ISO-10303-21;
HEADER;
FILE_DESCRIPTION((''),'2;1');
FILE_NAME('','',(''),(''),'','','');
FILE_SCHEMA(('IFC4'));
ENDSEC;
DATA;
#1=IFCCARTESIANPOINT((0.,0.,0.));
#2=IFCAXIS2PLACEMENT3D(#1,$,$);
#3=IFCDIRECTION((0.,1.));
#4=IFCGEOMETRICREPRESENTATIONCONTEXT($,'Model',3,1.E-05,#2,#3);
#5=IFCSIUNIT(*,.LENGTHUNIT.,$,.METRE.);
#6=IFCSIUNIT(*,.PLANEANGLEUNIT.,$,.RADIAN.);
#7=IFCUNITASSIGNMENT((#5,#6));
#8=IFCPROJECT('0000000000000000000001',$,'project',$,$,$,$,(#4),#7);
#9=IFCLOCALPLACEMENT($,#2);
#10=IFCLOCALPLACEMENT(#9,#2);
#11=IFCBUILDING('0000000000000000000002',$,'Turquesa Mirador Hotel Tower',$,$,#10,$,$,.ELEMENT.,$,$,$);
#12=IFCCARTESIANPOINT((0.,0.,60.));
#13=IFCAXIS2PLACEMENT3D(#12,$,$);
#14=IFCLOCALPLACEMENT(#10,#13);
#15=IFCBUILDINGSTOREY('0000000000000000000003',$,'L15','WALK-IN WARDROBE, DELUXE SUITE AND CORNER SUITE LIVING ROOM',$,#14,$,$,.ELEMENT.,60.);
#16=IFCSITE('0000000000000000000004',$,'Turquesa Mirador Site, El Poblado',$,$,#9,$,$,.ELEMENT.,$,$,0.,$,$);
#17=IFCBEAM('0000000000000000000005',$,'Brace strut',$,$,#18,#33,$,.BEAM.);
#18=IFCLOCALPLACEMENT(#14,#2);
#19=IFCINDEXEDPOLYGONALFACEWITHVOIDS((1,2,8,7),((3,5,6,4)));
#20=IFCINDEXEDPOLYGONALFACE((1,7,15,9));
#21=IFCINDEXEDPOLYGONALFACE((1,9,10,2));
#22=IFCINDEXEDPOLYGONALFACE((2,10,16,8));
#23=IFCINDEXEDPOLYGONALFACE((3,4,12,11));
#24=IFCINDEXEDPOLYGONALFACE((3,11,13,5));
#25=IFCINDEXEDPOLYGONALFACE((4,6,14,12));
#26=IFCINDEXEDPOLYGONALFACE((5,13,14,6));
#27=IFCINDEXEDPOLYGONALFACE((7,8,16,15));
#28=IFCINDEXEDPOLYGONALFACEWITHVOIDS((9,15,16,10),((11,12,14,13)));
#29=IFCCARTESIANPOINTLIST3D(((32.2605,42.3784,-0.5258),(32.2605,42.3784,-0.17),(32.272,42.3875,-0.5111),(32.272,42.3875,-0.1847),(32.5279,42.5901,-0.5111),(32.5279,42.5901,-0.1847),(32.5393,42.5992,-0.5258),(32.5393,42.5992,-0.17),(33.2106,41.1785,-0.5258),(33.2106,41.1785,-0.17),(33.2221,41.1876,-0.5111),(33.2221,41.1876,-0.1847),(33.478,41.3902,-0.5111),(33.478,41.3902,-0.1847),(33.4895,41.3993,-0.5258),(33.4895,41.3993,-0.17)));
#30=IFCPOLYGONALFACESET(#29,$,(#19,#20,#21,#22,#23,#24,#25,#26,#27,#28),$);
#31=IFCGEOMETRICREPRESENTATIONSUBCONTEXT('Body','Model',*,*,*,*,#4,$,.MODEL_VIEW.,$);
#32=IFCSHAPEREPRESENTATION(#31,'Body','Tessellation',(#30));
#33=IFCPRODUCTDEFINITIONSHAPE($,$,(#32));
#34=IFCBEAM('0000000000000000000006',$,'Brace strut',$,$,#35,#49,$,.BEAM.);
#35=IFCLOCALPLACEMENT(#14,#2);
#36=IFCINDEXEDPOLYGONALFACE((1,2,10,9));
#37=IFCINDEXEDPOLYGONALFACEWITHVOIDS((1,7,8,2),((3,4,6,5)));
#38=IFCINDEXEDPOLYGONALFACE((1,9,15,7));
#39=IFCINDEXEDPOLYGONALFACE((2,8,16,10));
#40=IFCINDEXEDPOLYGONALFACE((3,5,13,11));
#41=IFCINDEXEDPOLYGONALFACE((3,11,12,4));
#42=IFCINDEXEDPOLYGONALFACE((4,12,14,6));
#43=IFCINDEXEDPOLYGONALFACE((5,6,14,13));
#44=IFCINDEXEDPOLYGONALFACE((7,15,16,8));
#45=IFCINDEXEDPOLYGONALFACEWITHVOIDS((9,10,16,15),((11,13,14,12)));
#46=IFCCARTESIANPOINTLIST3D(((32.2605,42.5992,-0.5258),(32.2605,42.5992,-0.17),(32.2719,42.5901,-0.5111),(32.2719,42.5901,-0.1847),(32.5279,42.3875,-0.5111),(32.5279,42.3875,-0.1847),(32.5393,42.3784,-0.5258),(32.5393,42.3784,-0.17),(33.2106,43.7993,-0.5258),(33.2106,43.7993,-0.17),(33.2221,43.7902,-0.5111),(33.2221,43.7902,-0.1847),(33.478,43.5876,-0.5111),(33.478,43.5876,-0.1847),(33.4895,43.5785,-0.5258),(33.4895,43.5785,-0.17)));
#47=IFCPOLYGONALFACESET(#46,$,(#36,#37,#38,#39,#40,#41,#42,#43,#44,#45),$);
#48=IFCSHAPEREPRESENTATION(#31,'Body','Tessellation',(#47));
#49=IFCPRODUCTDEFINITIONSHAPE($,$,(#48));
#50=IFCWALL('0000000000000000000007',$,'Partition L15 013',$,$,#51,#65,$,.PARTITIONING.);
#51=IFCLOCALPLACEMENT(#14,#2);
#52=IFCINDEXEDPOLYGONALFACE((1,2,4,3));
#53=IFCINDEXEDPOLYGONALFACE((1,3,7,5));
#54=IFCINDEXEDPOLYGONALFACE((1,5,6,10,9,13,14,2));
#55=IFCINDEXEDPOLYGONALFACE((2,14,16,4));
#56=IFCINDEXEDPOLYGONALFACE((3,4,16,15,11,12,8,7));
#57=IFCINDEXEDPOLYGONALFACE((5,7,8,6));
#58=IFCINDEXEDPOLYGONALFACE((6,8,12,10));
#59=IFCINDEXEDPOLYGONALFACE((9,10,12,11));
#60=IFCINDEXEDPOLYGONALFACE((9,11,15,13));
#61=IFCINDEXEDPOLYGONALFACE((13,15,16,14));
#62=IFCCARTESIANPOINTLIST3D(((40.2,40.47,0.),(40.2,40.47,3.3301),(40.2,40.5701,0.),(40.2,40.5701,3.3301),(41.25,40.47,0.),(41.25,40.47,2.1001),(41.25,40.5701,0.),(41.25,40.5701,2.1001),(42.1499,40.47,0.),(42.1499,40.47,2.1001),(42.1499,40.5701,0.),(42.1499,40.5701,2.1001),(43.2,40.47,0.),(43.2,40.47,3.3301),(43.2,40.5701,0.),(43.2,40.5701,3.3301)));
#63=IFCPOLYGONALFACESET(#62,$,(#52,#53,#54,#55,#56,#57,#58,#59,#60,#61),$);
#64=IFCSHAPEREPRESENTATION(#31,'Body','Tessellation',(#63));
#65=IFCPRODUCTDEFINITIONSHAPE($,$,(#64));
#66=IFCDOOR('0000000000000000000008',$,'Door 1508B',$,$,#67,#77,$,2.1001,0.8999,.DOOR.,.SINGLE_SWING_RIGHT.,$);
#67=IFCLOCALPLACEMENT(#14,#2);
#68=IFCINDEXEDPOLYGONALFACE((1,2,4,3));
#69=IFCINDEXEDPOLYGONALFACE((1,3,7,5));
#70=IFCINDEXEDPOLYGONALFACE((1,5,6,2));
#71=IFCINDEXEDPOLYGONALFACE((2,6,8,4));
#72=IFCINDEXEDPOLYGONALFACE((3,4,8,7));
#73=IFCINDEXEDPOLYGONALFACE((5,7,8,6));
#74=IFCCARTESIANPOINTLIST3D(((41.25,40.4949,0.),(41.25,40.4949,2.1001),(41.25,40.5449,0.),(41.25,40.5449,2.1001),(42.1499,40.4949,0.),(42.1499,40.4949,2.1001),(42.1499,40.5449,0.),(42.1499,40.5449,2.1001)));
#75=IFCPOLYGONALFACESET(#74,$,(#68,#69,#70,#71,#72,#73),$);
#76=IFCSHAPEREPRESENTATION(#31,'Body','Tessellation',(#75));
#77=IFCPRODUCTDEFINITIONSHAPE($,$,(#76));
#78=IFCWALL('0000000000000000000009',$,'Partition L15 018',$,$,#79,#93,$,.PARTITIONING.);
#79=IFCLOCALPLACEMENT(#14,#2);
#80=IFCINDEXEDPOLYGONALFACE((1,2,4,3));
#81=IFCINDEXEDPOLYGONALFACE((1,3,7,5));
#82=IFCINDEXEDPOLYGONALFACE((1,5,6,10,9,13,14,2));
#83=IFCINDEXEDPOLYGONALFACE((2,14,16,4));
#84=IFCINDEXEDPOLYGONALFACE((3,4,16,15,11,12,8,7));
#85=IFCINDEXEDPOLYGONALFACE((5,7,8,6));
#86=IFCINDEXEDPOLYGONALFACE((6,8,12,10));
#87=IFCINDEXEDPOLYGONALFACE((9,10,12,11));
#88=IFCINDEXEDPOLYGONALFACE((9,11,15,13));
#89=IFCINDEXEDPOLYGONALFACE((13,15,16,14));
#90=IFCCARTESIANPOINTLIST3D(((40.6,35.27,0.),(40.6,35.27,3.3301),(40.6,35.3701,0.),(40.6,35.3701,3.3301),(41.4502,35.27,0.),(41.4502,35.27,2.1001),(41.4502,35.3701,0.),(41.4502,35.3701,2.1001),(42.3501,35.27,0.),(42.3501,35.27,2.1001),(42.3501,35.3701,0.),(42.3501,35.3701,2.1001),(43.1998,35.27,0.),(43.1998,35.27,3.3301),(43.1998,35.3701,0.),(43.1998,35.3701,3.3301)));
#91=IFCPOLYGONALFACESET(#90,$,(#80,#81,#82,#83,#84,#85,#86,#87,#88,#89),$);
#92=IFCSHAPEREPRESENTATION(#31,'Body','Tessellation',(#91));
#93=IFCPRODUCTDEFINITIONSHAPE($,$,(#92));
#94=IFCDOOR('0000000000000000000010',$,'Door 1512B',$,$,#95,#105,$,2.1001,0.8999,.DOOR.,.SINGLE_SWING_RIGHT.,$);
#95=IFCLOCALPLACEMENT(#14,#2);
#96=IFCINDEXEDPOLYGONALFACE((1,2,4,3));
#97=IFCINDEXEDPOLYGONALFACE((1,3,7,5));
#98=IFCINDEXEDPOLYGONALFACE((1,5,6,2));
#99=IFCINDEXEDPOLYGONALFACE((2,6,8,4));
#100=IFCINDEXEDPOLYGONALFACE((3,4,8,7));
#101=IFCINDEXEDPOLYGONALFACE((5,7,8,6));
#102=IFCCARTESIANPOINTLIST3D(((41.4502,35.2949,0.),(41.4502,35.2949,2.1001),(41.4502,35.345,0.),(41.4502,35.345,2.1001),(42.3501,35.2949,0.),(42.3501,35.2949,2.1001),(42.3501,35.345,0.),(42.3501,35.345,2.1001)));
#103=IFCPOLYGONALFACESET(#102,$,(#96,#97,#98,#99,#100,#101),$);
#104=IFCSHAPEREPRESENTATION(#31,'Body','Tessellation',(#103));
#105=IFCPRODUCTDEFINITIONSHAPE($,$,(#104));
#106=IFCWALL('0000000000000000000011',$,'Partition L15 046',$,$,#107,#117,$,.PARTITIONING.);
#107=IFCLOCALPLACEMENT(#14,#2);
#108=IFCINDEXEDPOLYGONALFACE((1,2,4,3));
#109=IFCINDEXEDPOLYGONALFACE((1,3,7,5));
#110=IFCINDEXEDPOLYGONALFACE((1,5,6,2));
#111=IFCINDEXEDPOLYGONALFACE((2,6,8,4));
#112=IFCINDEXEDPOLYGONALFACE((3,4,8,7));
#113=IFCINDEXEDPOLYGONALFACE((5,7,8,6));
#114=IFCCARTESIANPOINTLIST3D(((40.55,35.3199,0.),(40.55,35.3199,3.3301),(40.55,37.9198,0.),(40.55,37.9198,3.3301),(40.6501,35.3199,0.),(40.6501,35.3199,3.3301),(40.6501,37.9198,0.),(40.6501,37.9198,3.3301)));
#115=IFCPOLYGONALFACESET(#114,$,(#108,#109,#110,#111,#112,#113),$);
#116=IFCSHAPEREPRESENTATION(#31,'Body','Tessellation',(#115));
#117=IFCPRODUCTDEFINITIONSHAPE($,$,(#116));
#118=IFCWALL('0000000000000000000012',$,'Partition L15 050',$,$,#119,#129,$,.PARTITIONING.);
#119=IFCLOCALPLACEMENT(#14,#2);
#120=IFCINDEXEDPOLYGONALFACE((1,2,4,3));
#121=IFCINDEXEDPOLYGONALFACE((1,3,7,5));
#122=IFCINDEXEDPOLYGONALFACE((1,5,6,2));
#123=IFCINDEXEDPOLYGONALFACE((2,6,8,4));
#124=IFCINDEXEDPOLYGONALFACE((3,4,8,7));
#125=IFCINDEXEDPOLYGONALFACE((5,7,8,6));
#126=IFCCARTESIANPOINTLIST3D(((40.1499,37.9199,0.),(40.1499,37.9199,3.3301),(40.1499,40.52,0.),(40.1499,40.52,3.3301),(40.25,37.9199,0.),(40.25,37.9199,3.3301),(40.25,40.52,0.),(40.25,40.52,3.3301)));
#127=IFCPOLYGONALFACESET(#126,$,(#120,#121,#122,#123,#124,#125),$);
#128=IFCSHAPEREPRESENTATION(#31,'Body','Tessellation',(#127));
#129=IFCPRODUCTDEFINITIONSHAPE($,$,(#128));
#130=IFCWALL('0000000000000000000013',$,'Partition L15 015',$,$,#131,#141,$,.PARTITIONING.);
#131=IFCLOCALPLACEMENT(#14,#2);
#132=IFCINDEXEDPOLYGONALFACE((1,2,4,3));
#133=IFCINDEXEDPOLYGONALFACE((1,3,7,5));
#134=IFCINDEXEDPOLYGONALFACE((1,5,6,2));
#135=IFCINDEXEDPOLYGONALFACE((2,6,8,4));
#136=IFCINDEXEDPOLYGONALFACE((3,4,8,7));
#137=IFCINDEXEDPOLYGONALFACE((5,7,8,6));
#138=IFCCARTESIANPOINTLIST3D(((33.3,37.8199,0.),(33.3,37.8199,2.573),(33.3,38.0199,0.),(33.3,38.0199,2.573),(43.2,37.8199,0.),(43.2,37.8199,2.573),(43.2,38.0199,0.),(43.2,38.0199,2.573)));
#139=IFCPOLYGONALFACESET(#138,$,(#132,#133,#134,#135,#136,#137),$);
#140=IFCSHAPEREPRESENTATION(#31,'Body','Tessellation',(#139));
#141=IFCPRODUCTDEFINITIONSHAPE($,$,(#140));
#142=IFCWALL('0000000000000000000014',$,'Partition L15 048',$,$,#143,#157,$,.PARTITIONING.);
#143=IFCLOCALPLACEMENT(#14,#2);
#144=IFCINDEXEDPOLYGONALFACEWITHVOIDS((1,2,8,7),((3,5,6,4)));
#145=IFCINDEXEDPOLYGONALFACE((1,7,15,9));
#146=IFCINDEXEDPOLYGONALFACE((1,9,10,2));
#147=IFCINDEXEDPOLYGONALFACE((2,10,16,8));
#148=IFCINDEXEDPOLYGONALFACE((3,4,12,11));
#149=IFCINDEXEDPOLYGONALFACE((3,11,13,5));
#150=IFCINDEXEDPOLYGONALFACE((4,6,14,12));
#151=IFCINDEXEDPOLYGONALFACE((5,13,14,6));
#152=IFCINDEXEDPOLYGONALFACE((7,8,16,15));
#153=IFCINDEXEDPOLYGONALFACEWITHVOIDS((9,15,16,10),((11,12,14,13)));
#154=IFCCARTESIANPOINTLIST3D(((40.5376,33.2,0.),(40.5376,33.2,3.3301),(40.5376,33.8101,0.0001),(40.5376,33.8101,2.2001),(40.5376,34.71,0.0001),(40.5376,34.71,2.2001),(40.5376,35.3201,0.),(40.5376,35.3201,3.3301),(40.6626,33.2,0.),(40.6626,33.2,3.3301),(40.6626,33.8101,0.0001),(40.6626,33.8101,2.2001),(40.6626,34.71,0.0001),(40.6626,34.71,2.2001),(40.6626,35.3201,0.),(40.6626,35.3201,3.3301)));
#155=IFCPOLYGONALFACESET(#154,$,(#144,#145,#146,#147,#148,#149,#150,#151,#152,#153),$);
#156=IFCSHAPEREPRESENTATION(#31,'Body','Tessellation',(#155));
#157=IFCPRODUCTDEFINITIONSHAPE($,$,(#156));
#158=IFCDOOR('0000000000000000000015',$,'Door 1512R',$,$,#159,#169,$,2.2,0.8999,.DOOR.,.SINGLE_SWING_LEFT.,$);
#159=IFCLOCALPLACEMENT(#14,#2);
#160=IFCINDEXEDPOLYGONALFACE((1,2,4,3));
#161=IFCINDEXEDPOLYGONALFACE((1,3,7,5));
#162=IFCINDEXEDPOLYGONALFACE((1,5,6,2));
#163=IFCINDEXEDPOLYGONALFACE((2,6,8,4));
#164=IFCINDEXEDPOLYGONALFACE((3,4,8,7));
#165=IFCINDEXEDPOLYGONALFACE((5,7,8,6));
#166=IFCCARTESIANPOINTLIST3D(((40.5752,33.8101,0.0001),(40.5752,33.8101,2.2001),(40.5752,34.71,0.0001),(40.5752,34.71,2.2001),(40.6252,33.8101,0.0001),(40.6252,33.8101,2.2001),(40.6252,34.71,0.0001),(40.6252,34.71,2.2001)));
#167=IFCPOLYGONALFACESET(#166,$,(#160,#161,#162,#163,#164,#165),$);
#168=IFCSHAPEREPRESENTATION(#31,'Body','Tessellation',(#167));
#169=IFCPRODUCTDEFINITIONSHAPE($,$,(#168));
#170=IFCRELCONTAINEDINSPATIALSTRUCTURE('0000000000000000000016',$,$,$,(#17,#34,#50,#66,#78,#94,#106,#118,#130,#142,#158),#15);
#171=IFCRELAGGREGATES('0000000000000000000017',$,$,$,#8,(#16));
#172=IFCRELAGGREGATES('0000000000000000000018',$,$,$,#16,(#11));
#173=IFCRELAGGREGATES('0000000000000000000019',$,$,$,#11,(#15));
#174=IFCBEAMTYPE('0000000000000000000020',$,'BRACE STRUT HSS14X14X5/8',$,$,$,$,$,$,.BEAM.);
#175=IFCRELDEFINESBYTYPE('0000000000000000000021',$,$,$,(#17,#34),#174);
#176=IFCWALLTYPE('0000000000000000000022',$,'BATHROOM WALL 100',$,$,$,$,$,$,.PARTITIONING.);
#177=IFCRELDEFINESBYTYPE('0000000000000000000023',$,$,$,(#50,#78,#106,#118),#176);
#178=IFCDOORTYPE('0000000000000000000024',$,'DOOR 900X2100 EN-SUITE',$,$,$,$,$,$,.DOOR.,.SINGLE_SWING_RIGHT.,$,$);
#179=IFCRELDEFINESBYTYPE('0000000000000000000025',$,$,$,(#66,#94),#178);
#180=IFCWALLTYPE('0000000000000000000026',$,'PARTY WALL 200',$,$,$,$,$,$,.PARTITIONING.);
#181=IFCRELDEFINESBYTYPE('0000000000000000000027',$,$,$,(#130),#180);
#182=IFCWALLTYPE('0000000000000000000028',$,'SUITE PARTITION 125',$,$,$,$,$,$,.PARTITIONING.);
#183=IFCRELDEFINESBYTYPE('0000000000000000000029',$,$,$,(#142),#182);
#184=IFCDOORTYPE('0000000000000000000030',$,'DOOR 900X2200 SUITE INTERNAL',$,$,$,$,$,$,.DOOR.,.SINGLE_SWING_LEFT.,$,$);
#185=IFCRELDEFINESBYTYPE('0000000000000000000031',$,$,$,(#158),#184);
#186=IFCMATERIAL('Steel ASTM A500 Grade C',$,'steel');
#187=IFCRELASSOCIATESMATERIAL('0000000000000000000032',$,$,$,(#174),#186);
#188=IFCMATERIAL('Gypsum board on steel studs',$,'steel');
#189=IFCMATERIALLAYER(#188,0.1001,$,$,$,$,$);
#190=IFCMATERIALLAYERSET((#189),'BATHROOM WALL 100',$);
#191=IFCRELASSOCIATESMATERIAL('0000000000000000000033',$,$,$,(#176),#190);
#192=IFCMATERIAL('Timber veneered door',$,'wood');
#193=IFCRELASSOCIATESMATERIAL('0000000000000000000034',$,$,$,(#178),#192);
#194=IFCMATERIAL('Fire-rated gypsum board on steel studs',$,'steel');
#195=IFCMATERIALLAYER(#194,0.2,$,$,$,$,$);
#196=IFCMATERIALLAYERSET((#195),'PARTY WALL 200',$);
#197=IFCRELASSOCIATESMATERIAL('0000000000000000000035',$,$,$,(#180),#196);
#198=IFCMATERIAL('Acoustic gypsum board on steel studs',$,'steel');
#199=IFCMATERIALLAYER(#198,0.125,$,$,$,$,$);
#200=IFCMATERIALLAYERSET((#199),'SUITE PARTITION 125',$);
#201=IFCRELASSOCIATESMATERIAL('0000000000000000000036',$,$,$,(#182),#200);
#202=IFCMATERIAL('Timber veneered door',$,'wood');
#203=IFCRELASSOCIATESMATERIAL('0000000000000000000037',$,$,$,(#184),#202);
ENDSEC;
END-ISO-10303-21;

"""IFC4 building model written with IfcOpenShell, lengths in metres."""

from ifc_helpers import new_model, si_unit, direction, frame, frame_2d, origin, origin_2d, place, context, subcontext, project, spatial, rectangle, hollow_rectangle, extrude, material, layer, layer_set, material_profile, profile_set, type_object, element, fill, save


model = new_model("IFC4")

# Units and contexts
model_context = context("Model", 3, precision=1e-05, world=origin(), true_north=direction((0.0, 1.0)))
body_context = subcontext(model_context, "Body", "Model", "MODEL_VIEW")
ifc_project = project(units=[si_unit("LENGTHUNIT", "METRE"), si_unit("PLANEANGLEUNIT", "RADIAN")], contexts=[model_context])

# Site, building, storey
site_placement = place(None, origin())
site = spatial("IfcSite", under=ifc_project, at=site_placement, Name="Turquesa Mirador Site, El Poblado", CompositionType="ELEMENT", RefElevation=0.0)
building_placement = place(site_placement, origin())
building = spatial("IfcBuilding", under=site, at=building_placement, Name="Turquesa Mirador Hotel Tower", CompositionType="ELEMENT")
storey_placement = place(building_placement, frame((0.0, 0.0, 60.0)))
storey = spatial("IfcBuildingStorey", under=building, at=storey_placement, Name="L15", Description="WALK-IN WARDROBE, DELUXE SUITE AND CORNER SUITE LIVING ROOM", CompositionType="ELEMENT", Elevation=60.0)

# Beams
ifc_material_1 = material(Name="Steel ASTM A500 Grade C", Category="steel")
ifc_material_profile_1 = material_profile(ifc_material_1, hollow_rectangle(XDim=0.3557, YDim=0.3557, WallThickness=0.0146, at=origin_2d()), Name="HSS14X14X5/8")
ifc_profile_set_1 = profile_set([ifc_material_profile_1], Name="Steel ASTM A500 Grade C")
beam_type_1 = type_object("IfcBeamType", Name="BRACE STRUT HSS14X14X5/8", PredefinedType="BEAM", material=ifc_profile_set_1)
beam_1_placement = place(storey_placement, frame((32.3999, 42.4888, -0.3479), z_axis=(0.620797, -0.783971, 0.0), x_axis=(0.783971, 0.620797, 0.0)))
element("IfcBeam", 1, at=beam_1_placement, inside=storey, type_object=beam_type_1, Name="Brace strut", PredefinedType="BEAM", context=body_context, shape_type="SweptSolid", body=[
    extrude(hollow_rectangle(XDim=0.3557, YDim=0.3557, WallThickness=0.0146, at=origin_2d()), origin(), (0.0, 0.0, 1.0), 1.5305),
])
beam_2_placement = place(storey_placement, frame((32.3999, 42.4888, -0.3479), z_axis=(0.620719, 0.784033, 0.0), x_axis=(-0.784033, 0.620719, 0.0)))
element("IfcBeam", 2, at=beam_2_placement, inside=storey, type_object=beam_type_1, Name="Brace strut", PredefinedType="BEAM", context=body_context, shape_type="SweptSolid", body=[
    extrude(hollow_rectangle(XDim=0.3557, YDim=0.3557, WallThickness=0.0146, at=origin_2d()), origin(), (0.0, 0.0, 1.0), 1.5308),
])

# Walls, openings, doors
ifc_material_2 = material(Name="Gypsum board on steel studs", Category="steel")
ifc_layer_1 = layer(ifc_material_2, 0.1001)
ifc_layer_set_1 = layer_set([ifc_layer_1], Name="BATHROOM WALL 100")
wall_type_1 = type_object("IfcWallType", Name="BATHROOM WALL 100", PredefinedType="PARTITIONING", material=ifc_layer_set_1)
wall_1_placement = place(storey_placement, frame((40.2, 40.52, 0.0), z_axis=(0.0, 0.0, 1.0), x_axis=(1.0, 0.0, 0.0)))
wall_1 = element("IfcWall", 3, at=wall_1_placement, inside=storey, type_object=wall_type_1, Name="Partition L15 013", PredefinedType="PARTITIONING", context=body_context, shape_type="SweptSolid", body=[
    extrude(rectangle(XDim=3.0, YDim=0.1001, at=frame_2d((1.5, 0.0))), origin(), (0.0, 0.0, 1.0), 3.3301),
])
opening_1_placement = place(wall_1_placement, frame((1.05, 0.0, 0.0)))
opening_1 = element("IfcOpeningElement", 4, at=opening_1_placement, cuts=wall_1, PredefinedType="OPENING", context=body_context, shape_type="SweptSolid", body=[
    extrude(rectangle(XDim=0.8999, YDim=2.1001, at=frame_2d((0.45, 1.05))), frame((0.0, 0.0601, 0.0), z_axis=(0.0, -1.0, 0.0), x_axis=(1.0, 0.0, 0.0)), (0.0, 0.0, 1.0), 0.1201),
])
ifc_material_3 = material(Name="Timber veneered door", Category="wood")
door_type_1 = type_object("IfcDoorType", Name="DOOR 900X2100 EN-SUITE", OperationType="SINGLE_SWING_RIGHT", PredefinedType="DOOR", material=ifc_material_3)
door_1_placement = place(opening_1_placement, origin())
door_1 = element("IfcDoor", 5, at=door_1_placement, inside=storey, type_object=door_type_1, Name="Door 1508B", OperationType="SINGLE_SWING_RIGHT", OverallHeight=2.1001, OverallWidth=0.8999, PredefinedType="DOOR", context=body_context, shape_type="SweptSolid", body=[
    extrude(rectangle(XDim=0.8999, YDim=2.1001, at=frame_2d((0.45, 1.05))), frame((0.0, 0.0249, 0.0), z_axis=(0.0, -1.0, 0.0), x_axis=(1.0, 0.0, 0.0)), (0.0, 0.0, 1.0), 0.05),
])
fill(opening_1, door_1)
wall_2_placement = place(storey_placement, frame((40.6001, 35.3201, 0.0), z_axis=(0.0, 0.0, 1.0), x_axis=(1.0, 0.0, 0.0)))
wall_2 = element("IfcWall", 6, at=wall_2_placement, inside=storey, type_object=wall_type_1, Name="Partition L15 018", PredefinedType="PARTITIONING", context=body_context, shape_type="SweptSolid", body=[
    extrude(rectangle(XDim=2.5999, YDim=0.1001, at=frame_2d((1.2998, 0.0))), origin(), (0.0, 0.0, 1.0), 3.3301),
])
opening_2_placement = place(wall_2_placement, frame((0.8501, 0.0, 0.0)))
opening_2 = element("IfcOpeningElement", 7, at=opening_2_placement, cuts=wall_2, PredefinedType="OPENING", context=body_context, shape_type="SweptSolid", body=[
    extrude(rectangle(XDim=0.8999, YDim=2.1001, at=frame_2d((0.45, 1.05))), frame((0.0, 0.0601, 0.0), z_axis=(0.0, -1.0, 0.0), x_axis=(1.0, 0.0, 0.0)), (0.0, 0.0, 1.0), 0.1201),
])
door_2_placement = place(opening_2_placement, origin())
door_2 = element("IfcDoor", 8, at=door_2_placement, inside=storey, type_object=door_type_1, Name="Door 1512B", OperationType="SINGLE_SWING_RIGHT", OverallHeight=2.1001, OverallWidth=0.8999, PredefinedType="DOOR", context=body_context, shape_type="SweptSolid", body=[
    extrude(rectangle(XDim=0.8999, YDim=2.1001, at=frame_2d((0.45, 1.05))), frame((0.0, 0.0249, 0.0), z_axis=(0.0, -1.0, 0.0), x_axis=(1.0, 0.0, 0.0)), (0.0, 0.0, 1.0), 0.05),
])
fill(opening_2, door_2)

# Walls
wall_3_placement = place(storey_placement, frame((40.6001, 35.3201, 0.0), z_axis=(0.0, 0.0, 1.0), x_axis=(0.0, 1.0, 0.0)))
element("IfcWall", 9, at=wall_3_placement, inside=storey, type_object=wall_type_1, Name="Partition L15 046", PredefinedType="PARTITIONING", context=body_context, shape_type="SweptSolid", body=[
    extrude(rectangle(XDim=2.5999, YDim=0.1001, at=frame_2d((1.2998, 0.0))), origin(), (0.0, 0.0, 1.0), 3.3301),
])
wall_4_placement = place(storey_placement, frame((40.2, 37.9199, 0.0), z_axis=(0.0, 0.0, 1.0), x_axis=(0.0, 1.0, 0.0)))
element("IfcWall", 10, at=wall_4_placement, inside=storey, type_object=wall_type_1, Name="Partition L15 050", PredefinedType="PARTITIONING", context=body_context, shape_type="SweptSolid", body=[
    extrude(rectangle(XDim=2.6001, YDim=0.1001, at=frame_2d((1.3, 0.0))), origin(), (0.0, 0.0, 1.0), 3.3301),
])
ifc_material_4 = material(Name="Fire-rated gypsum board on steel studs", Category="steel")
ifc_layer_2 = layer(ifc_material_4, 0.2)
ifc_layer_set_2 = layer_set([ifc_layer_2], Name="PARTY WALL 200")
wall_type_2 = type_object("IfcWallType", Name="PARTY WALL 200", PredefinedType="PARTITIONING", material=ifc_layer_set_2)
wall_5_placement = place(storey_placement, frame((33.3, 37.9199, 0.0), z_axis=(0.0, 0.0, 1.0), x_axis=(1.0, 0.0, 0.0)))
element("IfcWall", 11, at=wall_5_placement, inside=storey, type_object=wall_type_2, Name="Partition L15 015", PredefinedType="PARTITIONING", context=body_context, shape_type="SweptSolid", body=[
    extrude(rectangle(XDim=9.8999, YDim=0.2, at=frame_2d((4.95, 0.0))), origin(), (0.0, 0.0, 1.0), 2.573),
])

# Wall, opening, door
ifc_material_5 = material(Name="Acoustic gypsum board on steel studs", Category="steel")
ifc_layer_3 = layer(ifc_material_5, 0.125)
ifc_layer_set_3 = layer_set([ifc_layer_3], Name="SUITE PARTITION 125")
wall_type_3 = type_object("IfcWallType", Name="SUITE PARTITION 125", PredefinedType="PARTITIONING", material=ifc_layer_set_3)
wall_6_placement = place(storey_placement, frame((40.6001, 33.2, 0.0), z_axis=(0.0, 0.0, 1.0), x_axis=(0.0, 1.0, 0.0)))
wall_6 = element("IfcWall", 12, at=wall_6_placement, inside=storey, type_object=wall_type_3, Name="Partition L15 048", PredefinedType="PARTITIONING", context=body_context, shape_type="SweptSolid", body=[
    extrude(rectangle(XDim=2.1201, YDim=0.125, at=frame_2d((1.0601, 0.0))), origin(), (0.0, 0.0, 1.0), 3.3301),
])
opening_3_placement = place(wall_6_placement, frame((0.6101, 0.0, 0.0)))
opening_3 = element("IfcOpeningElement", 13, at=opening_3_placement, cuts=wall_6, PredefinedType="OPENING", context=body_context, shape_type="SweptSolid", body=[
    extrude(rectangle(XDim=0.8999, YDim=2.2, at=frame_2d((0.45, 1.1001))), frame((0.0, 0.0725, 0.0), z_axis=(0.0, -1.0, 0.0), x_axis=(1.0, 0.0, 0.0)), (0.0, 0.0, 1.0), 0.145),
])
ifc_material_6 = material(Name="Timber veneered door", Category="wood")
door_type_2 = type_object("IfcDoorType", Name="DOOR 900X2200 SUITE INTERNAL", OperationType="SINGLE_SWING_LEFT", PredefinedType="DOOR", material=ifc_material_6)
door_3_placement = place(opening_3_placement, origin())
door_3 = element("IfcDoor", 14, at=door_3_placement, inside=storey, type_object=door_type_2, Name="Door 1512R", OperationType="SINGLE_SWING_LEFT", OverallHeight=2.2, OverallWidth=0.8999, PredefinedType="DOOR", context=body_context, shape_type="SweptSolid", body=[
    extrude(rectangle(XDim=0.8999, YDim=2.2, at=frame_2d((0.45, 1.1001))), frame((0.0, 0.0249, 0.0), z_axis=(0.0, -1.0, 0.0), x_axis=(1.0, 0.0, 0.0)), (0.0, 0.0, 1.0), 0.05),
])
fill(opening_3, door_3)

save(model, "model.ifc")
